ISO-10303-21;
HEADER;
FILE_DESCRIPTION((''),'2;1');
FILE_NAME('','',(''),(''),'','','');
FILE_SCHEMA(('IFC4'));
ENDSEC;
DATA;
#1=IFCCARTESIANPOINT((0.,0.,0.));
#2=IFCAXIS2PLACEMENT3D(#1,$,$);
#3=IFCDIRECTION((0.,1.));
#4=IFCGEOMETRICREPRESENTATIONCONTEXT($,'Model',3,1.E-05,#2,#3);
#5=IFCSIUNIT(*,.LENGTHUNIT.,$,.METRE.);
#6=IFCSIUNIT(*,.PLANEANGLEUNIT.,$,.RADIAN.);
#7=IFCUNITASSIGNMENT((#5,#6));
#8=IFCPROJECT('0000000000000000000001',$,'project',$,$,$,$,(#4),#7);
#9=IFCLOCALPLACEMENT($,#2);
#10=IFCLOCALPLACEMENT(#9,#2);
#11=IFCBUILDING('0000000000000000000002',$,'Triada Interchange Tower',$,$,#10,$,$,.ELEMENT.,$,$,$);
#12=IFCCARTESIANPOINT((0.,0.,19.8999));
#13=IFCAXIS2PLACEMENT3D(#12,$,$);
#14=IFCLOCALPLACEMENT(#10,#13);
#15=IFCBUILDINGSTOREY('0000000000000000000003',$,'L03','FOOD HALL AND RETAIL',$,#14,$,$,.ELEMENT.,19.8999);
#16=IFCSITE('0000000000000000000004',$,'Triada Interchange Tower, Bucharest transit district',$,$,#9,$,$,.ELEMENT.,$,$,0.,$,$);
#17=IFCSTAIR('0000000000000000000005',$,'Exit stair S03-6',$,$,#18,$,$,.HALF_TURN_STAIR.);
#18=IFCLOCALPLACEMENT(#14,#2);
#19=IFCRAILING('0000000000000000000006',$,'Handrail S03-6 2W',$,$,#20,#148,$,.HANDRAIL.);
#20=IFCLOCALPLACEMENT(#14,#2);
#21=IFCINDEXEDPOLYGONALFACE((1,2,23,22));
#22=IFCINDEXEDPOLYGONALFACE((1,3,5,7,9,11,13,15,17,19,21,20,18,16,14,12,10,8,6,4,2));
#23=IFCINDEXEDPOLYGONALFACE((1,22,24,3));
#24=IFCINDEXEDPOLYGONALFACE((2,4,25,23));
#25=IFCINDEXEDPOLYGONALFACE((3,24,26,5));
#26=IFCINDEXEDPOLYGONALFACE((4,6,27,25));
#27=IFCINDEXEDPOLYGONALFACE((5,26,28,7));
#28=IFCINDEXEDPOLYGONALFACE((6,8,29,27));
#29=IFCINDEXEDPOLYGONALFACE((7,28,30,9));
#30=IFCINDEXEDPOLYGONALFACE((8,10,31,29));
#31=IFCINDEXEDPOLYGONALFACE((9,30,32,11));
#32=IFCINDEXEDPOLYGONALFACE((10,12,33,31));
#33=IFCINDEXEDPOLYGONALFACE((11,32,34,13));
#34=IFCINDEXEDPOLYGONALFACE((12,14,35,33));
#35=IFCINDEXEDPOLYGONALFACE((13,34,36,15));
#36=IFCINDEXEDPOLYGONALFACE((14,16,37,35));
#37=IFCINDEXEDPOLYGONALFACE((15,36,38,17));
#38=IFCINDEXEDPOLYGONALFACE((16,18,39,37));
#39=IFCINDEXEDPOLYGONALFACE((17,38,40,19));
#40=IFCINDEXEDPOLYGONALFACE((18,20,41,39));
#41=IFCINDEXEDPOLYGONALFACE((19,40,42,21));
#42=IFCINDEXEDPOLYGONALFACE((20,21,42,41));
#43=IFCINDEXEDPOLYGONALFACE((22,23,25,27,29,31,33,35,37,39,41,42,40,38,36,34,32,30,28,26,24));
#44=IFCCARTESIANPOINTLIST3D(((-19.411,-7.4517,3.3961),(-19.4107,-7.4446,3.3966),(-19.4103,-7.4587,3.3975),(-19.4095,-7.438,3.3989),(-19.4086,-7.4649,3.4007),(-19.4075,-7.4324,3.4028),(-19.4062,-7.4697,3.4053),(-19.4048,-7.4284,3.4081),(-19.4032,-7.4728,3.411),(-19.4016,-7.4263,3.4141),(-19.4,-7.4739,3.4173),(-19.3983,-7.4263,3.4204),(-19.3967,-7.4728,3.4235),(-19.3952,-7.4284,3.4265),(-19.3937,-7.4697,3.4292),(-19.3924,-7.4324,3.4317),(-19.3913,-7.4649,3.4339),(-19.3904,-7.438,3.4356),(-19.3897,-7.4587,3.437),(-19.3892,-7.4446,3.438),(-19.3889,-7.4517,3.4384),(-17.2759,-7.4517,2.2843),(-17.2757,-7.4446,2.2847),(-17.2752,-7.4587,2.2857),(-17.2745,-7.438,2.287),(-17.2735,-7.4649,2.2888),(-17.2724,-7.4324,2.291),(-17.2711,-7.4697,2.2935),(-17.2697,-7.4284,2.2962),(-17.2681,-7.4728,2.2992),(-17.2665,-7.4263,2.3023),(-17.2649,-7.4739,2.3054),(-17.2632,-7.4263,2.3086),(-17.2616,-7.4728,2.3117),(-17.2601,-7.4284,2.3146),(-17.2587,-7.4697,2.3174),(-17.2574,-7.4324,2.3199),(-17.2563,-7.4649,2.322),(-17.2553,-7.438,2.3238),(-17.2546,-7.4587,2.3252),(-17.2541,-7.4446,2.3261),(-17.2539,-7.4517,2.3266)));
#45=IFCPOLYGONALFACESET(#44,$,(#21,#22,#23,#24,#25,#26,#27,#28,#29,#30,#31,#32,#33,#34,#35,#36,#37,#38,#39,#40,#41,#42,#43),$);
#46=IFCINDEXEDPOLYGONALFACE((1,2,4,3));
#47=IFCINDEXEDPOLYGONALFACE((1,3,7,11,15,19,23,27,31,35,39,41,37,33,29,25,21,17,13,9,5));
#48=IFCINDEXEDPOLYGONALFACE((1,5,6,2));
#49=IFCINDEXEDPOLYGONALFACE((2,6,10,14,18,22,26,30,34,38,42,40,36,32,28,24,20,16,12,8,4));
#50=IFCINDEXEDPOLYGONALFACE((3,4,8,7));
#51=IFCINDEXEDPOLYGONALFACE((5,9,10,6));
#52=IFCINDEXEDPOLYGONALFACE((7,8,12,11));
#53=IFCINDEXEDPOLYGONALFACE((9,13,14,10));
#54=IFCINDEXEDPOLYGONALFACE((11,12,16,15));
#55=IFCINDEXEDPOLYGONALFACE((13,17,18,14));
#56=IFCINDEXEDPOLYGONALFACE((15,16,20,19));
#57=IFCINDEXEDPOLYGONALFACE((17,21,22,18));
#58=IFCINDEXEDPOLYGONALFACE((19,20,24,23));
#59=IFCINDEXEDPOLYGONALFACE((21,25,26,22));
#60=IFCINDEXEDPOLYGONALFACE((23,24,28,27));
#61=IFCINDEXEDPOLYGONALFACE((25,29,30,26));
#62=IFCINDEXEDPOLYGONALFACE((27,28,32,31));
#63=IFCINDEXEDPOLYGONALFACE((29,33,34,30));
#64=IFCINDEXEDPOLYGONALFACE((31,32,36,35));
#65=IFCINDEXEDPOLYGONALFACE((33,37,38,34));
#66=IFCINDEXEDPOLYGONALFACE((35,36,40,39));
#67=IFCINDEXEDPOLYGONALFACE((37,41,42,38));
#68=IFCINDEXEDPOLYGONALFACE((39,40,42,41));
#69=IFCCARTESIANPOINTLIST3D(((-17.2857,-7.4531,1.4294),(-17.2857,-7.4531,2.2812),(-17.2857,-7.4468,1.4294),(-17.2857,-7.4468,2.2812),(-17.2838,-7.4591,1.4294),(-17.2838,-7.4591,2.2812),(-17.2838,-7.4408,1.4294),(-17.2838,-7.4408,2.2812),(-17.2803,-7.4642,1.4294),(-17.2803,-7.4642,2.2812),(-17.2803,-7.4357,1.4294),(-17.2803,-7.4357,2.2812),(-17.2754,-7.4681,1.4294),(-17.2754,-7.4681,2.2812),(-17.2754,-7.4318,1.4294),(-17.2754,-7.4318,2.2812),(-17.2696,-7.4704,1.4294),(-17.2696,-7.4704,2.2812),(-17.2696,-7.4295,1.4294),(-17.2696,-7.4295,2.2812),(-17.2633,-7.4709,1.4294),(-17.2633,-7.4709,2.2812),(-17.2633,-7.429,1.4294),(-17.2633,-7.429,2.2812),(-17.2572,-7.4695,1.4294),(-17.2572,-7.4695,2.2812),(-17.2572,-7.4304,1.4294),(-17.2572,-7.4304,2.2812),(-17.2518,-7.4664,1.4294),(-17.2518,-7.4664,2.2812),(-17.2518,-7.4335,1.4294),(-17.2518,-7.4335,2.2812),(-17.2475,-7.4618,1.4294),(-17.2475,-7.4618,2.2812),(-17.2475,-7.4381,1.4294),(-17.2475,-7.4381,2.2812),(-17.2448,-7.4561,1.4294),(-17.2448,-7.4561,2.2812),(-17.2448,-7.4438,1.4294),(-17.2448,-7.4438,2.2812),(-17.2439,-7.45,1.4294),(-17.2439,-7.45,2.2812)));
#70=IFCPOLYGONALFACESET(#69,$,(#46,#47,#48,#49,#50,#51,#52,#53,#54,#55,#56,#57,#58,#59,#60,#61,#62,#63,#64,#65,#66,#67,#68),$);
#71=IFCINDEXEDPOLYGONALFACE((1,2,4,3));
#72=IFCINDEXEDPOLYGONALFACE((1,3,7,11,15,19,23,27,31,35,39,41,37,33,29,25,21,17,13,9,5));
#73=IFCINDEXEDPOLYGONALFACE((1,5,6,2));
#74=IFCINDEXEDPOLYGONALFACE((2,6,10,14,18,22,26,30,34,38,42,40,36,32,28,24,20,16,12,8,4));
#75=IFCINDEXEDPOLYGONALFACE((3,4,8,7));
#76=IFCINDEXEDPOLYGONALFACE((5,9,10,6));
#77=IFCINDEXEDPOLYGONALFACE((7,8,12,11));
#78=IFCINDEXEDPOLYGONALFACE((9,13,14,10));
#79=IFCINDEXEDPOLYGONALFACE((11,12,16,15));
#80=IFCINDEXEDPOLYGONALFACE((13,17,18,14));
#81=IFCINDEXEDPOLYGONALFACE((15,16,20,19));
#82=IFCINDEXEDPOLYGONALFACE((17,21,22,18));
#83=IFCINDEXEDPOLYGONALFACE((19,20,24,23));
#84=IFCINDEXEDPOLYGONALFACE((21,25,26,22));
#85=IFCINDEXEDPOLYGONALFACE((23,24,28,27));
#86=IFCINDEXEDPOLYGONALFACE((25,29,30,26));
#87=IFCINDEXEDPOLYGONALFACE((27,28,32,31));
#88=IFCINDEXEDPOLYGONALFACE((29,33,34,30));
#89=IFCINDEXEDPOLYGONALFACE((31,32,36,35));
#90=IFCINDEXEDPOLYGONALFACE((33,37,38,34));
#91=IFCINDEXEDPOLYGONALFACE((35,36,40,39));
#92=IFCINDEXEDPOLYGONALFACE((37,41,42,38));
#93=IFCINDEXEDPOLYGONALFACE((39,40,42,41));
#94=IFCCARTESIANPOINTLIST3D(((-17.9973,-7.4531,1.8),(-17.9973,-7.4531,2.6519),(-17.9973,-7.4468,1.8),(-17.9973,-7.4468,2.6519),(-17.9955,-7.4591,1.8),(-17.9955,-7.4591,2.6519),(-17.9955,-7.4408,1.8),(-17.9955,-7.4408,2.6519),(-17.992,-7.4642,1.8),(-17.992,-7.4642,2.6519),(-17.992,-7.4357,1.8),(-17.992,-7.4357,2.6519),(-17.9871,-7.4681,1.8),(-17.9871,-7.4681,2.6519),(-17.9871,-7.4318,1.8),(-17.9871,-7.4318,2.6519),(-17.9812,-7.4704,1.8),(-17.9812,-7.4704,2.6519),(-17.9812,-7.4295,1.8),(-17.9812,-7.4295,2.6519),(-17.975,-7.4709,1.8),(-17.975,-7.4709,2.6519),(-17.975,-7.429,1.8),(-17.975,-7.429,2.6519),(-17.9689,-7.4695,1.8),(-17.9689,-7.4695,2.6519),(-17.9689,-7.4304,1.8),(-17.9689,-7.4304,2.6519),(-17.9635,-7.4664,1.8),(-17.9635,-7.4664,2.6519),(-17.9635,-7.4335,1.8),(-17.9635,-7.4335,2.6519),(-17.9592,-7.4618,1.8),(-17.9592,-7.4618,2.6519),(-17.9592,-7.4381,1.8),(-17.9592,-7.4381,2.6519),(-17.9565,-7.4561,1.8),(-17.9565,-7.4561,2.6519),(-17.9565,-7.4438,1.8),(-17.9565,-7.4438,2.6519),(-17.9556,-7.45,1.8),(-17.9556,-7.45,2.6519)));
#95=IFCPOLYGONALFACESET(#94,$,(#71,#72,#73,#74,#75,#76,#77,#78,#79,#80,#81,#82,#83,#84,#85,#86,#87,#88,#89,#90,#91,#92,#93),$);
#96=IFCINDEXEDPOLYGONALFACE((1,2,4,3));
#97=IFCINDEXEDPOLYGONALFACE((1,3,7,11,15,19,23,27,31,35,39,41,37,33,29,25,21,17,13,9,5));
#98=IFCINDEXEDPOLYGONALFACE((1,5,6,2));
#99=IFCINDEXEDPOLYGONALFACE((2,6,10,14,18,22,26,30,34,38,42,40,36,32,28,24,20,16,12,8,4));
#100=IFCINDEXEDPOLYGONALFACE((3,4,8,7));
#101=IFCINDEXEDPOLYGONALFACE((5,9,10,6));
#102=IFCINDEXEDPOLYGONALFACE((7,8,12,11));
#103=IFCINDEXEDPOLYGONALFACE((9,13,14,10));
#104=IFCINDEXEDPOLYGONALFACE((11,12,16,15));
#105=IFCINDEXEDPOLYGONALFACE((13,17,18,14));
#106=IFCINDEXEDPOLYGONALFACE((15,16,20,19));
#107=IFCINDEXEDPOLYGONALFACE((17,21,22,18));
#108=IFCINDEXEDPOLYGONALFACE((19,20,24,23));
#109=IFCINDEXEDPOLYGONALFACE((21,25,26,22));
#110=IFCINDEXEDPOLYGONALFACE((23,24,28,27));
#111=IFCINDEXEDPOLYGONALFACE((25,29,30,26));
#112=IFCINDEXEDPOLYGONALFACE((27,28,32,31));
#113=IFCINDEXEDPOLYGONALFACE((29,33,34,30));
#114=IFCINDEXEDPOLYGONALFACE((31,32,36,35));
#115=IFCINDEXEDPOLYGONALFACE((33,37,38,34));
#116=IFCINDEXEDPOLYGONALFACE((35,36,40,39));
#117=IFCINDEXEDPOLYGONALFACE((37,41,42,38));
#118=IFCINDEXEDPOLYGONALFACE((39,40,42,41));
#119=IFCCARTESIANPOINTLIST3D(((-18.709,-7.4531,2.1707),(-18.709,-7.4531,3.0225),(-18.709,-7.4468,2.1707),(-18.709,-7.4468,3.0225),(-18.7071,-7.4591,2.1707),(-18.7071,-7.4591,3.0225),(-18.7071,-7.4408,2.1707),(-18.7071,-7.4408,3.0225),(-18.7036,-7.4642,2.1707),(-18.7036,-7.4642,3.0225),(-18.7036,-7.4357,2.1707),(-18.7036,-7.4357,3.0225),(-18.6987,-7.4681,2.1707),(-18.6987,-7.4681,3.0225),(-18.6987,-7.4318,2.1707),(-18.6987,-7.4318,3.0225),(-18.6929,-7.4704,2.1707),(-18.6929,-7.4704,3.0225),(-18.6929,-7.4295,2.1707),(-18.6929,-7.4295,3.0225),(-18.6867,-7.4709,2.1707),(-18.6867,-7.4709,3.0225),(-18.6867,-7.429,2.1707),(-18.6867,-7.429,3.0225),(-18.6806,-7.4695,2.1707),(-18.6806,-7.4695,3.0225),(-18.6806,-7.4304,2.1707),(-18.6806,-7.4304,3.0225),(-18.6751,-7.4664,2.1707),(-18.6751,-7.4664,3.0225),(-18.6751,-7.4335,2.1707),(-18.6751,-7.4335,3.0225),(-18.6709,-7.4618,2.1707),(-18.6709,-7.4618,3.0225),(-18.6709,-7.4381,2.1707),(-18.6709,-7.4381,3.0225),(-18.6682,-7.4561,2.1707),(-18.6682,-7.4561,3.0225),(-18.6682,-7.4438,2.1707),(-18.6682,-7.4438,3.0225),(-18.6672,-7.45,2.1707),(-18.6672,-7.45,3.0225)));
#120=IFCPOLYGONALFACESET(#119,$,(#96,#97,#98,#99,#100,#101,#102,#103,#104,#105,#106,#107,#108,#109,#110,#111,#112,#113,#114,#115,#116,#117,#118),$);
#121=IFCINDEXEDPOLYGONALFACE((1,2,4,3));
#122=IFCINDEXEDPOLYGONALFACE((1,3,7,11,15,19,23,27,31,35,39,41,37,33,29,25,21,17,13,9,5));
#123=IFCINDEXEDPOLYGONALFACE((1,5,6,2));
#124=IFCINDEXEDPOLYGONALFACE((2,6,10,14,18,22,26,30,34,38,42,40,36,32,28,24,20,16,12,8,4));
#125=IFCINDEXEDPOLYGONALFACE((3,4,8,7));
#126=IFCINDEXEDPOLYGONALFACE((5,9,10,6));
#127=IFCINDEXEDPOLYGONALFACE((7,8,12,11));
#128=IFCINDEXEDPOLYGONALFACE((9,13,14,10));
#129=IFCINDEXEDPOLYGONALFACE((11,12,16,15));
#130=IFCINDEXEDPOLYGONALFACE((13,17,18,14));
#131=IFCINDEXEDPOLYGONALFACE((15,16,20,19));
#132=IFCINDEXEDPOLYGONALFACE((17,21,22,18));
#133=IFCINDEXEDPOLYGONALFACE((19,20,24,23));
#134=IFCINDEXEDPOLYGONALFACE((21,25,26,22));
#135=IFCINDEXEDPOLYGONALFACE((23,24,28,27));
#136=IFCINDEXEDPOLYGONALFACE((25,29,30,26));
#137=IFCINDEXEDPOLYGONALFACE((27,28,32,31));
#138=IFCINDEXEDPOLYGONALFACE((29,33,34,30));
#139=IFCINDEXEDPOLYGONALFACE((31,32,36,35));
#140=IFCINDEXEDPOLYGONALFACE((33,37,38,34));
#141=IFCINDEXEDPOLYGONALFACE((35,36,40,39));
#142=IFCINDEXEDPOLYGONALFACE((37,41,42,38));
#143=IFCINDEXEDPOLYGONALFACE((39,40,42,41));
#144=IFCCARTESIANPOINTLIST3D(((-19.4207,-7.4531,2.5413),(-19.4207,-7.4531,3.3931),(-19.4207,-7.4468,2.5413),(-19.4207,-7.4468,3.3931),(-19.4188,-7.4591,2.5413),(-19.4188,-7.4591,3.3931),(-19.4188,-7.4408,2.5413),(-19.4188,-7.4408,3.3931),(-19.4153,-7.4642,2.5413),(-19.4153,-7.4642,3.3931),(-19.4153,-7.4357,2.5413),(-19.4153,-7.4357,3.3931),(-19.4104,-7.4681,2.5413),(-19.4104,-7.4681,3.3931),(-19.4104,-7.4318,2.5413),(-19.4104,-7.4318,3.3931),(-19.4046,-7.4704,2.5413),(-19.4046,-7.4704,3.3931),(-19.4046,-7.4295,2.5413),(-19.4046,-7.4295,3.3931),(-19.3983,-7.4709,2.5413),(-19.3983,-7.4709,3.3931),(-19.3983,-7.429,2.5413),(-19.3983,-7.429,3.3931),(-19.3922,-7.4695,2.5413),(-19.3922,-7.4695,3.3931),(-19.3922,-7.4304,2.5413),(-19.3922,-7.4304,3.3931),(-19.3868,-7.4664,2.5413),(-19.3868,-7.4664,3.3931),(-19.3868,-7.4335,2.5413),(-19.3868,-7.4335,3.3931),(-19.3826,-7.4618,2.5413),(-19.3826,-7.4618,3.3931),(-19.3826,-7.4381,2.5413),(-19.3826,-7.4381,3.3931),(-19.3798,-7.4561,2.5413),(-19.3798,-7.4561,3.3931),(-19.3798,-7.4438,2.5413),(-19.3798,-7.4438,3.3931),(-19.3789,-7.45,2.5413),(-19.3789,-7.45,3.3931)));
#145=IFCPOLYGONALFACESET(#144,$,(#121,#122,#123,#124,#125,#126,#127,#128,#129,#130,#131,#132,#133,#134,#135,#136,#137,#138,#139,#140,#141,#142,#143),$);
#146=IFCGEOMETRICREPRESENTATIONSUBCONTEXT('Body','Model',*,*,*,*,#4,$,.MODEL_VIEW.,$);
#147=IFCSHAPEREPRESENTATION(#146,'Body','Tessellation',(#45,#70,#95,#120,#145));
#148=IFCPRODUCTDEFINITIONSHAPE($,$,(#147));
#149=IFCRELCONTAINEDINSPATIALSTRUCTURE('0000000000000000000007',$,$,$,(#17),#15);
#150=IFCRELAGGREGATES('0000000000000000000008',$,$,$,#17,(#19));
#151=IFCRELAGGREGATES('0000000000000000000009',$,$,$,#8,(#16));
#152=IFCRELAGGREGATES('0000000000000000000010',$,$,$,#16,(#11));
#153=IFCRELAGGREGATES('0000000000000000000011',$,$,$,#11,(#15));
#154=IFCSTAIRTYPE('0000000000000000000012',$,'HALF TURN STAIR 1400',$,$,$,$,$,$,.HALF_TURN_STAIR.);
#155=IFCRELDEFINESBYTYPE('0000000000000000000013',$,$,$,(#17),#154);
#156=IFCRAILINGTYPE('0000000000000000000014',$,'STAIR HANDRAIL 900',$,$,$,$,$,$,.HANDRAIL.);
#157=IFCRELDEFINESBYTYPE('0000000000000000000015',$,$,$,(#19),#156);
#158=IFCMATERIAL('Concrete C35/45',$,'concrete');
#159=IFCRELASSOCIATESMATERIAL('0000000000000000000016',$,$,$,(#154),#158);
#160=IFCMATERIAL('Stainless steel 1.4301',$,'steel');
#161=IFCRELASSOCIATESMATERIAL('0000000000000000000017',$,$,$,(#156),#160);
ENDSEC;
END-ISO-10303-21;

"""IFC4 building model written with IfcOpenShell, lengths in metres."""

from ifc_helpers import new_model, si_unit, direction, frame, origin, origin_2d, place, context, subcontext, project, spatial, circle, extrude, material, type_object, element, aggregate, save


model = new_model("IFC4")

# Units and contexts
model_context = context("Model", 3, precision=1e-05, world=origin(), true_north=direction((0.0, 1.0)))
body_context = subcontext(model_context, "Body", "Model", "MODEL_VIEW")
ifc_project = project(units=[si_unit("LENGTHUNIT", "METRE"), si_unit("PLANEANGLEUNIT", "RADIAN")], contexts=[model_context])

# Site, building, storey
site_placement = place(None, origin())
site = spatial("IfcSite", under=ifc_project, at=site_placement, Name="Triada Interchange Tower, Bucharest transit district", CompositionType="ELEMENT", RefElevation=0.0)
building_placement = place(site_placement, origin())
building = spatial("IfcBuilding", under=site, at=building_placement, Name="Triada Interchange Tower", CompositionType="ELEMENT")
storey_placement = place(building_placement, frame((0.0, 0.0, 19.8999)))
storey = spatial("IfcBuildingStorey", under=building, at=storey_placement, Name="L03", Description="FOOD HALL AND RETAIL", CompositionType="ELEMENT", Elevation=19.8999)

# Stair, railing
ifc_material_1 = material(Name="Concrete C35/45", Category="concrete")
stair_type = type_object("IfcStairType", Name="HALF TURN STAIR 1400", PredefinedType="HALF_TURN_STAIR", material=ifc_material_1)
stair_placement = place(storey_placement, origin())
stair = element("IfcStair", 1, at=stair_placement, inside=storey, type_object=stair_type, Name="Exit stair S03-6", PredefinedType="HALF_TURN_STAIR")
ifc_material_2 = material(Name="Stainless steel 1.4301", Category="steel")
railing_type = type_object("IfcRailingType", Name="STAIR HANDRAIL 900", PredefinedType="HANDRAIL", material=ifc_material_2)
railing_1_placement = place(storey_placement, frame((-17.2649, -7.45, 1.4294)))
railing_1 = element("IfcRailing", 2, at=railing_1_placement, type_object=railing_type, Name="Handrail S03-6 2W", PredefinedType="HANDRAIL", context=body_context, shape_type="SweptSolid", body=[
    extrude(circle(Radius=0.0239, at=origin_2d()), frame((0.0, 0.0, 0.876), z_axis=(-0.886943, 0.0, 0.46188), x_axis=(0.0, -1.0, 0.0)), (0.0, 0.0, 1.0), 2.4072),
    extrude(circle(Radius=0.021, at=origin_2d()), origin(), (0.0, 0.0, 1.0), 0.8518),
    extrude(circle(Radius=0.021, at=origin_2d()), frame((-0.7117, 0.0, 0.3706)), (0.0, 0.0, 1.0), 0.8518),
    extrude(circle(Radius=0.021, at=origin_2d()), frame((-1.4233, 0.0, 0.7412)), (0.0, 0.0, 1.0), 0.8518),
    extrude(circle(Radius=0.021, at=origin_2d()), frame((-2.135, 0.0, 1.1118)), (0.0, 0.0, 1.0), 0.8518),
])
aggregate(stair, [railing_1])

save(model, "model.ifc")
